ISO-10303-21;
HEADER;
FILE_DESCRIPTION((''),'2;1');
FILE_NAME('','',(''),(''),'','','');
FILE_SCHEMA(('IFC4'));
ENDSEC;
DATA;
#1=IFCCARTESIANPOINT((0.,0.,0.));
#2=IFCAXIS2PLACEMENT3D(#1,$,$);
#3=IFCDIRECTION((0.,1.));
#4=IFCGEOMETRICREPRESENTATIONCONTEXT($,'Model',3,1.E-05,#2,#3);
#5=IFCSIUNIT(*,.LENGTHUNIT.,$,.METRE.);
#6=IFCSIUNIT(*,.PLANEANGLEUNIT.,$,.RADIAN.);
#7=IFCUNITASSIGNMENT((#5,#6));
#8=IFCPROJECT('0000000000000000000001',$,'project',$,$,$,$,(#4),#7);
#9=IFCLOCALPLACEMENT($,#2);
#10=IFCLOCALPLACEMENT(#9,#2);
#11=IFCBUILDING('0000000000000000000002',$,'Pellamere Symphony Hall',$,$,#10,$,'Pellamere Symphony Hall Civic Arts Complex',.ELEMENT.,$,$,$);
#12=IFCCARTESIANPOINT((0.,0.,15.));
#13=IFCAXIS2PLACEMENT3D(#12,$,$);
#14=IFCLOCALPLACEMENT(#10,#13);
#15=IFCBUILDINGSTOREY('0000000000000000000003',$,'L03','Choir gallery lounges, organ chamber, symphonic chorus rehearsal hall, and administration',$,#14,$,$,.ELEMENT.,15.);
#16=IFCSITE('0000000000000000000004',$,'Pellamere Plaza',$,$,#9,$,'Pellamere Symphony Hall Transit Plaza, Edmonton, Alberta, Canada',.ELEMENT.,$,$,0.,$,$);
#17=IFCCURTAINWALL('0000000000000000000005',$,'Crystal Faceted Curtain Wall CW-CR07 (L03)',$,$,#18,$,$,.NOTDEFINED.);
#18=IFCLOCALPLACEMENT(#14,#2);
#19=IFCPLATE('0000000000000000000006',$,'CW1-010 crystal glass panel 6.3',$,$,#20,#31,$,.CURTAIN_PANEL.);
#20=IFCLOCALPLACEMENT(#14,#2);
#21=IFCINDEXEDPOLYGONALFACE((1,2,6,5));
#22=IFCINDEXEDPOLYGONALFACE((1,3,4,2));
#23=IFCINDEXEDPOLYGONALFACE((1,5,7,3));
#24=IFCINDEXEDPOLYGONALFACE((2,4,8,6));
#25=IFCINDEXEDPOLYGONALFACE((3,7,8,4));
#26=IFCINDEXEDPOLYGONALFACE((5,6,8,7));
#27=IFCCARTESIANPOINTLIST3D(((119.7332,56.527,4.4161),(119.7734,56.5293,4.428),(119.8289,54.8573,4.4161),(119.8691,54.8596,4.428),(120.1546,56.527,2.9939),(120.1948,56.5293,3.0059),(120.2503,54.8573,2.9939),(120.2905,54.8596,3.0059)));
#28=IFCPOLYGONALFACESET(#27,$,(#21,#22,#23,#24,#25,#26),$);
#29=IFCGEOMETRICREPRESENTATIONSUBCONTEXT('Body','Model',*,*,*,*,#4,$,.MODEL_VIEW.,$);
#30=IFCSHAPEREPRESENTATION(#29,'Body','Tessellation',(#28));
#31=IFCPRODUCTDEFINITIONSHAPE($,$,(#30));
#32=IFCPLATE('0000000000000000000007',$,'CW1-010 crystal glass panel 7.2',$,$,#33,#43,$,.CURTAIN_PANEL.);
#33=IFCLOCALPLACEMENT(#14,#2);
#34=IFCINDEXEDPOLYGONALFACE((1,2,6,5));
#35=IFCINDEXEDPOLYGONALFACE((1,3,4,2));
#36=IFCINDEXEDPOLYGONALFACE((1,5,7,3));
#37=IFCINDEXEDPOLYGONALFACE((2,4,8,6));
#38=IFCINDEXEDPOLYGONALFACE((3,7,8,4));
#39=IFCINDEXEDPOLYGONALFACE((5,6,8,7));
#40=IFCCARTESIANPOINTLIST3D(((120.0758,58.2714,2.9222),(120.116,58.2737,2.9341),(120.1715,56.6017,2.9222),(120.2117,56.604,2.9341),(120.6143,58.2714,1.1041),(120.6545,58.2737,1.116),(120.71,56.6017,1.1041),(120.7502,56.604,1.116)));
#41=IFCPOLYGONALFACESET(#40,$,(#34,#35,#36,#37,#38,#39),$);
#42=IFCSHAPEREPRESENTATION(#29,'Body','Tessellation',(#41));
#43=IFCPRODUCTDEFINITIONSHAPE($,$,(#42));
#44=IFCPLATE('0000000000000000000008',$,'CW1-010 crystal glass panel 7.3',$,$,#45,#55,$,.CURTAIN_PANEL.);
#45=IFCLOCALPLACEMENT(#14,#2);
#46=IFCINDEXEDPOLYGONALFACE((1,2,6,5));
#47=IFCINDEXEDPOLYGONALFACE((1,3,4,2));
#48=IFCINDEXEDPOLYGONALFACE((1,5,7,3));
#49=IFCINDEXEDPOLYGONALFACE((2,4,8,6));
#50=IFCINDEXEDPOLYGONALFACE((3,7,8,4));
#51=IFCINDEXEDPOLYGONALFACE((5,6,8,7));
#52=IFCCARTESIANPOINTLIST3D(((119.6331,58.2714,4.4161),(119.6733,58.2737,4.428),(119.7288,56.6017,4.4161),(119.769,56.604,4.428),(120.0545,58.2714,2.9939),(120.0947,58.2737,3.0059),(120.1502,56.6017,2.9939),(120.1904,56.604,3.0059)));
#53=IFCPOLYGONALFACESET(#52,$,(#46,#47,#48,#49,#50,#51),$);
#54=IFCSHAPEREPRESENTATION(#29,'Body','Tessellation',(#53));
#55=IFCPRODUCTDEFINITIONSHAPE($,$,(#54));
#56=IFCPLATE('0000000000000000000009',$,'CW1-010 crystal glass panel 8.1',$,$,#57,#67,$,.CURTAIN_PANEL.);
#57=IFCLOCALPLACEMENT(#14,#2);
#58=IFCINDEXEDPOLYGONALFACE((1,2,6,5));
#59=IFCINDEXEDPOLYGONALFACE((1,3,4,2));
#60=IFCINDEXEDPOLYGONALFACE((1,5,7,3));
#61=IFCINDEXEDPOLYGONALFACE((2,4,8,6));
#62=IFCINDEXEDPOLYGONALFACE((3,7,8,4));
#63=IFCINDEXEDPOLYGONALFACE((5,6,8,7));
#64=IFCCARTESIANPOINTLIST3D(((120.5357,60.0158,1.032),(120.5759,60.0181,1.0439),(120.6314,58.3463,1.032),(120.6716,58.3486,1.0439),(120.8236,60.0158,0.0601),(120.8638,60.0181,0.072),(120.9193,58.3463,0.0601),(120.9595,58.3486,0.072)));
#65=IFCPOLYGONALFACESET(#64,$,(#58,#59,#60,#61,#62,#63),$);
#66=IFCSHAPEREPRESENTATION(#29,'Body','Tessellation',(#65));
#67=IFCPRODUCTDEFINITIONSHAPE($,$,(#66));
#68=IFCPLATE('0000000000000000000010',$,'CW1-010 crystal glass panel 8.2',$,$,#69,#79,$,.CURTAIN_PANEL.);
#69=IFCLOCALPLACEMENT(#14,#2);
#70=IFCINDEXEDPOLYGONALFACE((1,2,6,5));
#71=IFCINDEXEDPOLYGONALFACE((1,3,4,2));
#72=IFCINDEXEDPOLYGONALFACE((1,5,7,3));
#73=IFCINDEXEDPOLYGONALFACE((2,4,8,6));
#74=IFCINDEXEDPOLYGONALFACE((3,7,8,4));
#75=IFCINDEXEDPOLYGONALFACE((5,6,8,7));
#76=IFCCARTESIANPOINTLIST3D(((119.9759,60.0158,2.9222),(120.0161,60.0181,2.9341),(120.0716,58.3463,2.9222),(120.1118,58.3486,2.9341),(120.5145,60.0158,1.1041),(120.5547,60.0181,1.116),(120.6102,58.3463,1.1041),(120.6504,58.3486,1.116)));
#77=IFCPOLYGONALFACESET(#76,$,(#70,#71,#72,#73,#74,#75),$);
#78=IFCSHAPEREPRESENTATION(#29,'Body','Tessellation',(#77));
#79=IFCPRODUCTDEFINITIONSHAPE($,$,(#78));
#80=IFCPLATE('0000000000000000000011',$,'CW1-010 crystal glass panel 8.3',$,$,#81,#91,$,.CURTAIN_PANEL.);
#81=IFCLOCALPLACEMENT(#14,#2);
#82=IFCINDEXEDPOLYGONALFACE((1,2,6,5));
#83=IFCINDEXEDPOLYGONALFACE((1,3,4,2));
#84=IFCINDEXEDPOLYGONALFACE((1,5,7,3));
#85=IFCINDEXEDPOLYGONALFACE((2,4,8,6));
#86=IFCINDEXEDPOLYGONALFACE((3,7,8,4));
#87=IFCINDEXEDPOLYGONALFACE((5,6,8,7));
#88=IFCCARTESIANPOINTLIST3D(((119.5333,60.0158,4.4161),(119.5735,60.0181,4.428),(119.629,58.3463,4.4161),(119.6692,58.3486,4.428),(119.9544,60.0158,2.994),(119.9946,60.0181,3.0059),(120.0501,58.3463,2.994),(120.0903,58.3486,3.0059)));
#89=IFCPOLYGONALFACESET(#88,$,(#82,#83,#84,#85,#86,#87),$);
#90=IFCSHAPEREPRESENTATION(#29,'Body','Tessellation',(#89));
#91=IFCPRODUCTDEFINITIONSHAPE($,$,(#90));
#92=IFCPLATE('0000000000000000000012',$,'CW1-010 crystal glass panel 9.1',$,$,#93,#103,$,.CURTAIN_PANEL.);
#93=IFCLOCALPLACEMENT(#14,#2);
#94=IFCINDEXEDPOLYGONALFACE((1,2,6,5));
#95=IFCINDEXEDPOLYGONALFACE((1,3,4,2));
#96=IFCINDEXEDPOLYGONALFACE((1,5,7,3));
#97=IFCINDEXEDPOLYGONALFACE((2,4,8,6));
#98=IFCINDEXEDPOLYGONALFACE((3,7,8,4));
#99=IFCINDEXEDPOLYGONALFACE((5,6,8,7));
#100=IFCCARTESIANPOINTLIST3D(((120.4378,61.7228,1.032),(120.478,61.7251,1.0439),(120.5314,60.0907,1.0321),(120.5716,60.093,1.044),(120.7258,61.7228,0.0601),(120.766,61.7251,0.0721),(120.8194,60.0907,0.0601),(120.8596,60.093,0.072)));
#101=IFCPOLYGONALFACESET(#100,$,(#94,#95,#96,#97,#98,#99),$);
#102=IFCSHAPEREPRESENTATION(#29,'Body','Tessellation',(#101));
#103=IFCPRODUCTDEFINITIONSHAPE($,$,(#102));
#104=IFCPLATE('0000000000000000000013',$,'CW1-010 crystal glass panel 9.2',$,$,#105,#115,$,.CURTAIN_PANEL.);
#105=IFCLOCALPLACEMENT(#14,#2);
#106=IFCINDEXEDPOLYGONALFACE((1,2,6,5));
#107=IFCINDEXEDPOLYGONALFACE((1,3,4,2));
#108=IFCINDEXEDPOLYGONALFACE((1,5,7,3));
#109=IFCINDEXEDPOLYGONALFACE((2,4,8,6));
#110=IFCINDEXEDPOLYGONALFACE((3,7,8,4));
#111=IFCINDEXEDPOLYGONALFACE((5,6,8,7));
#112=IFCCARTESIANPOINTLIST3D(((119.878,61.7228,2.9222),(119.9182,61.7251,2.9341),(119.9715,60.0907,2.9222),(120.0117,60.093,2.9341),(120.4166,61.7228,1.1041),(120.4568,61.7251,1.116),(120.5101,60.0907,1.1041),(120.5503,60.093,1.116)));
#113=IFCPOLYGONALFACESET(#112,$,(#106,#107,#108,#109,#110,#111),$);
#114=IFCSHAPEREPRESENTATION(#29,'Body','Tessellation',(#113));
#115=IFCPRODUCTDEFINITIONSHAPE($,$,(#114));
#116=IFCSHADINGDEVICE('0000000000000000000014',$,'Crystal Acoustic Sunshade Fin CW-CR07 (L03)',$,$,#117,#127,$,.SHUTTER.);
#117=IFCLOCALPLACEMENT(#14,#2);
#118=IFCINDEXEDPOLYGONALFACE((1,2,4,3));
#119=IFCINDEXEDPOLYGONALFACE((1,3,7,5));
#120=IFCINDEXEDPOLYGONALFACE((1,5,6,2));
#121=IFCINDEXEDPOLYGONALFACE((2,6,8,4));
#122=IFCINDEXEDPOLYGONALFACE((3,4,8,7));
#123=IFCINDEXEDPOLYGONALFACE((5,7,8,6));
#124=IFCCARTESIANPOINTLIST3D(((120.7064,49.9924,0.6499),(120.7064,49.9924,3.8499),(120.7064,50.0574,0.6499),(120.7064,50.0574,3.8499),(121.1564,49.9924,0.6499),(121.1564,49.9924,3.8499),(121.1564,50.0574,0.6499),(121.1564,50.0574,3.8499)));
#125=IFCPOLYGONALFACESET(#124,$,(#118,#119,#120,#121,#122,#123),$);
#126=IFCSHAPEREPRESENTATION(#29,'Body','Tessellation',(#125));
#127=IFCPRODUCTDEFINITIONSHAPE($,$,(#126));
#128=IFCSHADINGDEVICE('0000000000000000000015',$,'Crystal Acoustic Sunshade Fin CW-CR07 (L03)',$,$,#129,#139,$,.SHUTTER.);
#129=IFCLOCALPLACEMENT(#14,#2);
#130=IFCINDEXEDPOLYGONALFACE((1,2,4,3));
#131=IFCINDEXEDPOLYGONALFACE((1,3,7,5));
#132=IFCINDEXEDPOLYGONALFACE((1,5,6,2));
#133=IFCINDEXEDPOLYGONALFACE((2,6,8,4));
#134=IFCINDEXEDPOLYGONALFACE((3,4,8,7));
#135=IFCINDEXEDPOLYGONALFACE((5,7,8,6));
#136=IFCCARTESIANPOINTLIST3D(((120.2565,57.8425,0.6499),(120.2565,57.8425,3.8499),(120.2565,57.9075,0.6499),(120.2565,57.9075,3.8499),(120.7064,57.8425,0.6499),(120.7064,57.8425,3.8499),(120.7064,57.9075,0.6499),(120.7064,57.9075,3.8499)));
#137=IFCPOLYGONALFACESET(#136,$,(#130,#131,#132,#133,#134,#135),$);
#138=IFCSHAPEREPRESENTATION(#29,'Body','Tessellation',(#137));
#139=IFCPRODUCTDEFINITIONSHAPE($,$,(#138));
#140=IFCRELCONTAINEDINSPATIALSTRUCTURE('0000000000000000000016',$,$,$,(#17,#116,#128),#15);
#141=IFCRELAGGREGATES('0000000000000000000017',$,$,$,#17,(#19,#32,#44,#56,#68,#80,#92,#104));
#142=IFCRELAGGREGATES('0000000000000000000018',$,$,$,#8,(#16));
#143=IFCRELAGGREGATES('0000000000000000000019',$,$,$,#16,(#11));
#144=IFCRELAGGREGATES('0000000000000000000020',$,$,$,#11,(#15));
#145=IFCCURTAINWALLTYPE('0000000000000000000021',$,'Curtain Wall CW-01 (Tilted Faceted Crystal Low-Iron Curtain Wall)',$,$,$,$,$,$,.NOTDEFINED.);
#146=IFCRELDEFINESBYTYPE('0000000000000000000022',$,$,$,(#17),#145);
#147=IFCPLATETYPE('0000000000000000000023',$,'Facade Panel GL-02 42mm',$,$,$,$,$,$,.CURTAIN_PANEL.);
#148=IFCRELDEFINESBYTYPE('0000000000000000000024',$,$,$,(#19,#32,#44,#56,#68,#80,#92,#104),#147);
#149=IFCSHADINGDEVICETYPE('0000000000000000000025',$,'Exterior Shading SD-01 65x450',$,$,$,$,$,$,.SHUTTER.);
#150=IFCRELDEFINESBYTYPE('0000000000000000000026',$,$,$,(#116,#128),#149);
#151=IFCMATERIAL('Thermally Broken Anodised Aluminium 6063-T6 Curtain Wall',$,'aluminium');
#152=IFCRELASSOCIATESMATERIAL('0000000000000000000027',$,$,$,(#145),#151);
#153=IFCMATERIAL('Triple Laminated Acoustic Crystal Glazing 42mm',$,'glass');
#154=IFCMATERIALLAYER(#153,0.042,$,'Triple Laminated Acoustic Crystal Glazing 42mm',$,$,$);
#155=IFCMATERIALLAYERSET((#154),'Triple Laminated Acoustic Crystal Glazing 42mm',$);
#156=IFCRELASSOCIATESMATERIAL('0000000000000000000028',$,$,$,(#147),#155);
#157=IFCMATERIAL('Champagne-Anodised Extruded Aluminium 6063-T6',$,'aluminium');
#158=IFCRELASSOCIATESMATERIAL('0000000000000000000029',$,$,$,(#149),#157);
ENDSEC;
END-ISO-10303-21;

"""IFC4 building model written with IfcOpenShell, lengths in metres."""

from ifc_helpers import new_model, si_unit, direction, frame, origin, origin_2d, place, context, subcontext, project, spatial, polyline, rectangle, outline, extrude, material, layer, layer_set, type_object, element, aggregate, save


model = new_model("IFC4")

# Units and contexts
model_context = context("Model", 3, precision=1e-05, world=origin(), true_north=direction((0.0, 1.0)))
body_context = subcontext(model_context, "Body", "Model", "MODEL_VIEW")
ifc_project = project(units=[si_unit("LENGTHUNIT", "METRE"), si_unit("PLANEANGLEUNIT", "RADIAN")], contexts=[model_context])

# Site, building, storey
site_placement = place(None, origin())
site = spatial("IfcSite", under=ifc_project, at=site_placement, Name="Pellamere Plaza", LongName="Pellamere Symphony Hall Transit Plaza, Edmonton, Alberta, Canada", CompositionType="ELEMENT", RefElevation=0.0)
building_placement = place(site_placement, origin())
building = spatial("IfcBuilding", under=site, at=building_placement, Name="Pellamere Symphony Hall", LongName="Pellamere Symphony Hall Civic Arts Complex", CompositionType="ELEMENT")
storey_placement = place(building_placement, frame((0.0, 0.0, 15.0)))
storey = spatial("IfcBuildingStorey", under=building, at=storey_placement, Name="L03", Description="Choir gallery lounges, organ chamber, symphonic chorus rehearsal hall, and administration", CompositionType="ELEMENT", Elevation=15.0)

# Curtain wall, plates
ifc_material_1 = material(Name="Thermally Broken Anodised Aluminium 6063-T6 Curtain Wall", Category="aluminium")
curtain_wall_type = type_object("IfcCurtainWallType", Name="Curtain Wall CW-01 (Tilted Faceted Crystal Low-Iron Curtain Wall)", PredefinedType="NOTDEFINED", material=ifc_material_1)
curtain_wall_placement = place(storey_placement, origin())
curtain_wall = element("IfcCurtainWall", 1, at=curtain_wall_placement, inside=storey, type_object=curtain_wall_type, Name="Crystal Faceted Curtain Wall CW-CR07 (L03)", PredefinedType="NOTDEFINED")
ifc_material_2 = material(Name="Triple Laminated Acoustic Crystal Glazing 42mm", Category="glass")
ifc_layer = layer(ifc_material_2, 0.042, Name="Triple Laminated Acoustic Crystal Glazing 42mm")
ifc_layer_set = layer_set([ifc_layer], Name="Triple Laminated Acoustic Crystal Glazing 42mm")
plate_type = type_object("IfcPlateType", Name="Facade Panel GL-02 42mm", PredefinedType="CURTAIN_PANEL", material=ifc_layer_set)
plate_1_placement = place(storey_placement, frame((120.2905, 54.8596, 3.0059), z_axis=(0.95735, 0.054874, 0.283671), x_axis=(-0.057224, 0.998361, 0.0)))
plate_1 = element("IfcPlate", 2, at=plate_1_placement, type_object=plate_type, Name="CW1-010 crystal glass panel 6.3", PredefinedType="CURTAIN_PANEL", context=body_context, shape_type="SweptSolid", body=[
    extrude(outline(polyline([(0.0, 0.0), (1.6724, 0.0), (1.6965, 1.483), (0.0241, 1.483), (0.0, 0.0)])), origin(), (0.0, 0.0, -1.0), 0.042),
])
plate_2_placement = place(storey_placement, frame((120.7502, 56.604, 1.116), z_axis=(0.957372, 0.054875, 0.283599), x_axis=(-0.057224, 0.998361, 0.0)))
plate_2 = element("IfcPlate", 3, at=plate_2_placement, type_object=plate_type, Name="CW1-010 crystal glass panel 7.2", PredefinedType="CURTAIN_PANEL", context=body_context, shape_type="SweptSolid", body=[
    extrude(outline(polyline([(0.0, 0.0), (1.6724, 0.0), (1.7032, 1.896), (0.0308, 1.896), (0.0, 0.0)])), origin(), (0.0, 0.0, -1.0), 0.042),
])
plate_3_placement = place(storey_placement, frame((120.1904, 56.604, 3.0059), z_axis=(0.95735, 0.054874, 0.283671), x_axis=(-0.057224, 0.998361, 0.0)))
plate_3 = element("IfcPlate", 4, at=plate_3_placement, type_object=plate_type, Name="CW1-010 crystal glass panel 7.3", PredefinedType="CURTAIN_PANEL", context=body_context, shape_type="SweptSolid", body=[
    extrude(outline(polyline([(0.0, 0.0), (1.6724, 0.0), (1.6965, 1.483), (0.0241, 1.483), (0.0, 0.0)])), origin(), (0.0, 0.0, -1.0), 0.042),
])
plate_4_placement = place(storey_placement, frame((120.9595, 58.3486, 0.072), z_axis=(0.957389, 0.054884, 0.283537), x_axis=(-0.057233, 0.998361, 0.0)))
plate_4 = element("IfcPlate", 5, at=plate_4_placement, type_object=plate_type, Name="CW1-010 crystal glass panel 8.1", PredefinedType="CURTAIN_PANEL", context=body_context, shape_type="SweptSolid", body=[
    extrude(outline(polyline([(0.0, 0.0), (1.6722, 0.0), (1.6886, 1.0135), (0.0165, 1.0135), (0.0, 0.0)])), origin(), (0.0, 0.0, -1.0), 0.042),
])
plate_5_placement = place(storey_placement, frame((120.6504, 58.3486, 1.116), z_axis=(0.957371, 0.054883, 0.283599), x_axis=(-0.057233, 0.998361, 0.0)))
plate_5 = element("IfcPlate", 6, at=plate_5_placement, type_object=plate_type, Name="CW1-010 crystal glass panel 8.2", PredefinedType="CURTAIN_PANEL", context=body_context, shape_type="SweptSolid", body=[
    extrude(outline(polyline([(0.0, 0.0), (1.6722, 0.0), (1.703, 1.896), (0.0308, 1.896), (0.0, 0.0)])), origin(), (0.0, 0.0, -1.0), 0.042),
])
plate_6_placement = place(storey_placement, frame((120.0903, 58.3486, 3.0059), z_axis=(0.957394, 0.054884, 0.28352), x_axis=(-0.057233, 0.998361, 0.0)))
plate_6 = element("IfcPlate", 7, at=plate_6_placement, type_object=plate_type, Name="CW1-010 crystal glass panel 8.3", PredefinedType="CURTAIN_PANEL", context=body_context, shape_type="SweptSolid", body=[
    extrude(outline(polyline([(0.0, 0.0), (1.6722, 0.0), (1.6963, 1.483), (0.0241, 1.483), (0.0, 0.0)])), origin(), (0.0, 0.0, -1.0), 0.042),
])
plate_7_placement = place(storey_placement, frame((120.8596, 60.093, 0.072), z_axis=(0.957355, 0.054921, 0.283647), x_axis=(-0.057279, 0.998358, 0.00002)))
plate_7 = element("IfcPlate", 8, at=plate_7_placement, type_object=plate_type, Name="CW1-010 crystal glass panel 9.1", PredefinedType="CURTAIN_PANEL", context=body_context, shape_type="SweptSolid", body=[
    extrude(outline(polyline([(0.0, 0.0), (1.6348, 0.0), (1.6513, 1.0135), (0.0165, 1.0136), (0.0, 0.0)])), origin(), (0.0, 0.0, -1.0), 0.042),
])
plate_8_placement = place(storey_placement, frame((120.5503, 60.093, 1.116), z_axis=(0.957373, 0.05485, 0.283599), x_axis=(-0.057199, 0.998363, 0.0)))
plate_8 = element("IfcPlate", 9, at=plate_8_placement, type_object=plate_type, Name="CW1-010 crystal glass panel 9.2", PredefinedType="CURTAIN_PANEL", context=body_context, shape_type="SweptSolid", body=[
    extrude(outline(polyline([(0.0, 0.0), (1.6348, 0.0), (1.6656, 1.896), (0.0308, 1.896), (0.0, 0.0)])), origin(), (0.0, 0.0, -1.0), 0.042),
])
aggregate(curtain_wall, [plate_1, plate_2, plate_3, plate_4, plate_5, plate_6, plate_7, plate_8])

# Shading devices
ifc_material_3 = material(Name="Champagne-Anodised Extruded Aluminium 6063-T6", Category="aluminium")
shading_device_type = type_object("IfcShadingDeviceType", Name="Exterior Shading SD-01 65x450", PredefinedType="SHUTTER", material=ifc_material_3)
for number, where, z_axis, x_axis, name in (
    (10, (120.9314, 50.0249, 0.6499), (0.0, 0.0, 1.0), (0.0, 1.0, 0.0), "Crystal Acoustic Sunshade Fin CW-CR07 (L03)"),
    (11, (120.4814, 57.875, 0.6499), (0.0, 0.0, 1.0), (0.0, 1.0, 0.0), "Crystal Acoustic Sunshade Fin CW-CR07 (L03)"),
):
    element("IfcShadingDevice", number, at=place(storey_placement, frame(where, z_axis=z_axis, x_axis=x_axis)), inside=storey, type_object=shading_device_type, Name=name, PredefinedType="SHUTTER", context=body_context, shape_type="SweptSolid", body=[
        extrude(rectangle(XDim=0.0649, YDim=0.45, at=origin_2d()), origin(), (0.0, 0.0, 1.0), 3.2),
    ])

save(model, "model.ifc")
